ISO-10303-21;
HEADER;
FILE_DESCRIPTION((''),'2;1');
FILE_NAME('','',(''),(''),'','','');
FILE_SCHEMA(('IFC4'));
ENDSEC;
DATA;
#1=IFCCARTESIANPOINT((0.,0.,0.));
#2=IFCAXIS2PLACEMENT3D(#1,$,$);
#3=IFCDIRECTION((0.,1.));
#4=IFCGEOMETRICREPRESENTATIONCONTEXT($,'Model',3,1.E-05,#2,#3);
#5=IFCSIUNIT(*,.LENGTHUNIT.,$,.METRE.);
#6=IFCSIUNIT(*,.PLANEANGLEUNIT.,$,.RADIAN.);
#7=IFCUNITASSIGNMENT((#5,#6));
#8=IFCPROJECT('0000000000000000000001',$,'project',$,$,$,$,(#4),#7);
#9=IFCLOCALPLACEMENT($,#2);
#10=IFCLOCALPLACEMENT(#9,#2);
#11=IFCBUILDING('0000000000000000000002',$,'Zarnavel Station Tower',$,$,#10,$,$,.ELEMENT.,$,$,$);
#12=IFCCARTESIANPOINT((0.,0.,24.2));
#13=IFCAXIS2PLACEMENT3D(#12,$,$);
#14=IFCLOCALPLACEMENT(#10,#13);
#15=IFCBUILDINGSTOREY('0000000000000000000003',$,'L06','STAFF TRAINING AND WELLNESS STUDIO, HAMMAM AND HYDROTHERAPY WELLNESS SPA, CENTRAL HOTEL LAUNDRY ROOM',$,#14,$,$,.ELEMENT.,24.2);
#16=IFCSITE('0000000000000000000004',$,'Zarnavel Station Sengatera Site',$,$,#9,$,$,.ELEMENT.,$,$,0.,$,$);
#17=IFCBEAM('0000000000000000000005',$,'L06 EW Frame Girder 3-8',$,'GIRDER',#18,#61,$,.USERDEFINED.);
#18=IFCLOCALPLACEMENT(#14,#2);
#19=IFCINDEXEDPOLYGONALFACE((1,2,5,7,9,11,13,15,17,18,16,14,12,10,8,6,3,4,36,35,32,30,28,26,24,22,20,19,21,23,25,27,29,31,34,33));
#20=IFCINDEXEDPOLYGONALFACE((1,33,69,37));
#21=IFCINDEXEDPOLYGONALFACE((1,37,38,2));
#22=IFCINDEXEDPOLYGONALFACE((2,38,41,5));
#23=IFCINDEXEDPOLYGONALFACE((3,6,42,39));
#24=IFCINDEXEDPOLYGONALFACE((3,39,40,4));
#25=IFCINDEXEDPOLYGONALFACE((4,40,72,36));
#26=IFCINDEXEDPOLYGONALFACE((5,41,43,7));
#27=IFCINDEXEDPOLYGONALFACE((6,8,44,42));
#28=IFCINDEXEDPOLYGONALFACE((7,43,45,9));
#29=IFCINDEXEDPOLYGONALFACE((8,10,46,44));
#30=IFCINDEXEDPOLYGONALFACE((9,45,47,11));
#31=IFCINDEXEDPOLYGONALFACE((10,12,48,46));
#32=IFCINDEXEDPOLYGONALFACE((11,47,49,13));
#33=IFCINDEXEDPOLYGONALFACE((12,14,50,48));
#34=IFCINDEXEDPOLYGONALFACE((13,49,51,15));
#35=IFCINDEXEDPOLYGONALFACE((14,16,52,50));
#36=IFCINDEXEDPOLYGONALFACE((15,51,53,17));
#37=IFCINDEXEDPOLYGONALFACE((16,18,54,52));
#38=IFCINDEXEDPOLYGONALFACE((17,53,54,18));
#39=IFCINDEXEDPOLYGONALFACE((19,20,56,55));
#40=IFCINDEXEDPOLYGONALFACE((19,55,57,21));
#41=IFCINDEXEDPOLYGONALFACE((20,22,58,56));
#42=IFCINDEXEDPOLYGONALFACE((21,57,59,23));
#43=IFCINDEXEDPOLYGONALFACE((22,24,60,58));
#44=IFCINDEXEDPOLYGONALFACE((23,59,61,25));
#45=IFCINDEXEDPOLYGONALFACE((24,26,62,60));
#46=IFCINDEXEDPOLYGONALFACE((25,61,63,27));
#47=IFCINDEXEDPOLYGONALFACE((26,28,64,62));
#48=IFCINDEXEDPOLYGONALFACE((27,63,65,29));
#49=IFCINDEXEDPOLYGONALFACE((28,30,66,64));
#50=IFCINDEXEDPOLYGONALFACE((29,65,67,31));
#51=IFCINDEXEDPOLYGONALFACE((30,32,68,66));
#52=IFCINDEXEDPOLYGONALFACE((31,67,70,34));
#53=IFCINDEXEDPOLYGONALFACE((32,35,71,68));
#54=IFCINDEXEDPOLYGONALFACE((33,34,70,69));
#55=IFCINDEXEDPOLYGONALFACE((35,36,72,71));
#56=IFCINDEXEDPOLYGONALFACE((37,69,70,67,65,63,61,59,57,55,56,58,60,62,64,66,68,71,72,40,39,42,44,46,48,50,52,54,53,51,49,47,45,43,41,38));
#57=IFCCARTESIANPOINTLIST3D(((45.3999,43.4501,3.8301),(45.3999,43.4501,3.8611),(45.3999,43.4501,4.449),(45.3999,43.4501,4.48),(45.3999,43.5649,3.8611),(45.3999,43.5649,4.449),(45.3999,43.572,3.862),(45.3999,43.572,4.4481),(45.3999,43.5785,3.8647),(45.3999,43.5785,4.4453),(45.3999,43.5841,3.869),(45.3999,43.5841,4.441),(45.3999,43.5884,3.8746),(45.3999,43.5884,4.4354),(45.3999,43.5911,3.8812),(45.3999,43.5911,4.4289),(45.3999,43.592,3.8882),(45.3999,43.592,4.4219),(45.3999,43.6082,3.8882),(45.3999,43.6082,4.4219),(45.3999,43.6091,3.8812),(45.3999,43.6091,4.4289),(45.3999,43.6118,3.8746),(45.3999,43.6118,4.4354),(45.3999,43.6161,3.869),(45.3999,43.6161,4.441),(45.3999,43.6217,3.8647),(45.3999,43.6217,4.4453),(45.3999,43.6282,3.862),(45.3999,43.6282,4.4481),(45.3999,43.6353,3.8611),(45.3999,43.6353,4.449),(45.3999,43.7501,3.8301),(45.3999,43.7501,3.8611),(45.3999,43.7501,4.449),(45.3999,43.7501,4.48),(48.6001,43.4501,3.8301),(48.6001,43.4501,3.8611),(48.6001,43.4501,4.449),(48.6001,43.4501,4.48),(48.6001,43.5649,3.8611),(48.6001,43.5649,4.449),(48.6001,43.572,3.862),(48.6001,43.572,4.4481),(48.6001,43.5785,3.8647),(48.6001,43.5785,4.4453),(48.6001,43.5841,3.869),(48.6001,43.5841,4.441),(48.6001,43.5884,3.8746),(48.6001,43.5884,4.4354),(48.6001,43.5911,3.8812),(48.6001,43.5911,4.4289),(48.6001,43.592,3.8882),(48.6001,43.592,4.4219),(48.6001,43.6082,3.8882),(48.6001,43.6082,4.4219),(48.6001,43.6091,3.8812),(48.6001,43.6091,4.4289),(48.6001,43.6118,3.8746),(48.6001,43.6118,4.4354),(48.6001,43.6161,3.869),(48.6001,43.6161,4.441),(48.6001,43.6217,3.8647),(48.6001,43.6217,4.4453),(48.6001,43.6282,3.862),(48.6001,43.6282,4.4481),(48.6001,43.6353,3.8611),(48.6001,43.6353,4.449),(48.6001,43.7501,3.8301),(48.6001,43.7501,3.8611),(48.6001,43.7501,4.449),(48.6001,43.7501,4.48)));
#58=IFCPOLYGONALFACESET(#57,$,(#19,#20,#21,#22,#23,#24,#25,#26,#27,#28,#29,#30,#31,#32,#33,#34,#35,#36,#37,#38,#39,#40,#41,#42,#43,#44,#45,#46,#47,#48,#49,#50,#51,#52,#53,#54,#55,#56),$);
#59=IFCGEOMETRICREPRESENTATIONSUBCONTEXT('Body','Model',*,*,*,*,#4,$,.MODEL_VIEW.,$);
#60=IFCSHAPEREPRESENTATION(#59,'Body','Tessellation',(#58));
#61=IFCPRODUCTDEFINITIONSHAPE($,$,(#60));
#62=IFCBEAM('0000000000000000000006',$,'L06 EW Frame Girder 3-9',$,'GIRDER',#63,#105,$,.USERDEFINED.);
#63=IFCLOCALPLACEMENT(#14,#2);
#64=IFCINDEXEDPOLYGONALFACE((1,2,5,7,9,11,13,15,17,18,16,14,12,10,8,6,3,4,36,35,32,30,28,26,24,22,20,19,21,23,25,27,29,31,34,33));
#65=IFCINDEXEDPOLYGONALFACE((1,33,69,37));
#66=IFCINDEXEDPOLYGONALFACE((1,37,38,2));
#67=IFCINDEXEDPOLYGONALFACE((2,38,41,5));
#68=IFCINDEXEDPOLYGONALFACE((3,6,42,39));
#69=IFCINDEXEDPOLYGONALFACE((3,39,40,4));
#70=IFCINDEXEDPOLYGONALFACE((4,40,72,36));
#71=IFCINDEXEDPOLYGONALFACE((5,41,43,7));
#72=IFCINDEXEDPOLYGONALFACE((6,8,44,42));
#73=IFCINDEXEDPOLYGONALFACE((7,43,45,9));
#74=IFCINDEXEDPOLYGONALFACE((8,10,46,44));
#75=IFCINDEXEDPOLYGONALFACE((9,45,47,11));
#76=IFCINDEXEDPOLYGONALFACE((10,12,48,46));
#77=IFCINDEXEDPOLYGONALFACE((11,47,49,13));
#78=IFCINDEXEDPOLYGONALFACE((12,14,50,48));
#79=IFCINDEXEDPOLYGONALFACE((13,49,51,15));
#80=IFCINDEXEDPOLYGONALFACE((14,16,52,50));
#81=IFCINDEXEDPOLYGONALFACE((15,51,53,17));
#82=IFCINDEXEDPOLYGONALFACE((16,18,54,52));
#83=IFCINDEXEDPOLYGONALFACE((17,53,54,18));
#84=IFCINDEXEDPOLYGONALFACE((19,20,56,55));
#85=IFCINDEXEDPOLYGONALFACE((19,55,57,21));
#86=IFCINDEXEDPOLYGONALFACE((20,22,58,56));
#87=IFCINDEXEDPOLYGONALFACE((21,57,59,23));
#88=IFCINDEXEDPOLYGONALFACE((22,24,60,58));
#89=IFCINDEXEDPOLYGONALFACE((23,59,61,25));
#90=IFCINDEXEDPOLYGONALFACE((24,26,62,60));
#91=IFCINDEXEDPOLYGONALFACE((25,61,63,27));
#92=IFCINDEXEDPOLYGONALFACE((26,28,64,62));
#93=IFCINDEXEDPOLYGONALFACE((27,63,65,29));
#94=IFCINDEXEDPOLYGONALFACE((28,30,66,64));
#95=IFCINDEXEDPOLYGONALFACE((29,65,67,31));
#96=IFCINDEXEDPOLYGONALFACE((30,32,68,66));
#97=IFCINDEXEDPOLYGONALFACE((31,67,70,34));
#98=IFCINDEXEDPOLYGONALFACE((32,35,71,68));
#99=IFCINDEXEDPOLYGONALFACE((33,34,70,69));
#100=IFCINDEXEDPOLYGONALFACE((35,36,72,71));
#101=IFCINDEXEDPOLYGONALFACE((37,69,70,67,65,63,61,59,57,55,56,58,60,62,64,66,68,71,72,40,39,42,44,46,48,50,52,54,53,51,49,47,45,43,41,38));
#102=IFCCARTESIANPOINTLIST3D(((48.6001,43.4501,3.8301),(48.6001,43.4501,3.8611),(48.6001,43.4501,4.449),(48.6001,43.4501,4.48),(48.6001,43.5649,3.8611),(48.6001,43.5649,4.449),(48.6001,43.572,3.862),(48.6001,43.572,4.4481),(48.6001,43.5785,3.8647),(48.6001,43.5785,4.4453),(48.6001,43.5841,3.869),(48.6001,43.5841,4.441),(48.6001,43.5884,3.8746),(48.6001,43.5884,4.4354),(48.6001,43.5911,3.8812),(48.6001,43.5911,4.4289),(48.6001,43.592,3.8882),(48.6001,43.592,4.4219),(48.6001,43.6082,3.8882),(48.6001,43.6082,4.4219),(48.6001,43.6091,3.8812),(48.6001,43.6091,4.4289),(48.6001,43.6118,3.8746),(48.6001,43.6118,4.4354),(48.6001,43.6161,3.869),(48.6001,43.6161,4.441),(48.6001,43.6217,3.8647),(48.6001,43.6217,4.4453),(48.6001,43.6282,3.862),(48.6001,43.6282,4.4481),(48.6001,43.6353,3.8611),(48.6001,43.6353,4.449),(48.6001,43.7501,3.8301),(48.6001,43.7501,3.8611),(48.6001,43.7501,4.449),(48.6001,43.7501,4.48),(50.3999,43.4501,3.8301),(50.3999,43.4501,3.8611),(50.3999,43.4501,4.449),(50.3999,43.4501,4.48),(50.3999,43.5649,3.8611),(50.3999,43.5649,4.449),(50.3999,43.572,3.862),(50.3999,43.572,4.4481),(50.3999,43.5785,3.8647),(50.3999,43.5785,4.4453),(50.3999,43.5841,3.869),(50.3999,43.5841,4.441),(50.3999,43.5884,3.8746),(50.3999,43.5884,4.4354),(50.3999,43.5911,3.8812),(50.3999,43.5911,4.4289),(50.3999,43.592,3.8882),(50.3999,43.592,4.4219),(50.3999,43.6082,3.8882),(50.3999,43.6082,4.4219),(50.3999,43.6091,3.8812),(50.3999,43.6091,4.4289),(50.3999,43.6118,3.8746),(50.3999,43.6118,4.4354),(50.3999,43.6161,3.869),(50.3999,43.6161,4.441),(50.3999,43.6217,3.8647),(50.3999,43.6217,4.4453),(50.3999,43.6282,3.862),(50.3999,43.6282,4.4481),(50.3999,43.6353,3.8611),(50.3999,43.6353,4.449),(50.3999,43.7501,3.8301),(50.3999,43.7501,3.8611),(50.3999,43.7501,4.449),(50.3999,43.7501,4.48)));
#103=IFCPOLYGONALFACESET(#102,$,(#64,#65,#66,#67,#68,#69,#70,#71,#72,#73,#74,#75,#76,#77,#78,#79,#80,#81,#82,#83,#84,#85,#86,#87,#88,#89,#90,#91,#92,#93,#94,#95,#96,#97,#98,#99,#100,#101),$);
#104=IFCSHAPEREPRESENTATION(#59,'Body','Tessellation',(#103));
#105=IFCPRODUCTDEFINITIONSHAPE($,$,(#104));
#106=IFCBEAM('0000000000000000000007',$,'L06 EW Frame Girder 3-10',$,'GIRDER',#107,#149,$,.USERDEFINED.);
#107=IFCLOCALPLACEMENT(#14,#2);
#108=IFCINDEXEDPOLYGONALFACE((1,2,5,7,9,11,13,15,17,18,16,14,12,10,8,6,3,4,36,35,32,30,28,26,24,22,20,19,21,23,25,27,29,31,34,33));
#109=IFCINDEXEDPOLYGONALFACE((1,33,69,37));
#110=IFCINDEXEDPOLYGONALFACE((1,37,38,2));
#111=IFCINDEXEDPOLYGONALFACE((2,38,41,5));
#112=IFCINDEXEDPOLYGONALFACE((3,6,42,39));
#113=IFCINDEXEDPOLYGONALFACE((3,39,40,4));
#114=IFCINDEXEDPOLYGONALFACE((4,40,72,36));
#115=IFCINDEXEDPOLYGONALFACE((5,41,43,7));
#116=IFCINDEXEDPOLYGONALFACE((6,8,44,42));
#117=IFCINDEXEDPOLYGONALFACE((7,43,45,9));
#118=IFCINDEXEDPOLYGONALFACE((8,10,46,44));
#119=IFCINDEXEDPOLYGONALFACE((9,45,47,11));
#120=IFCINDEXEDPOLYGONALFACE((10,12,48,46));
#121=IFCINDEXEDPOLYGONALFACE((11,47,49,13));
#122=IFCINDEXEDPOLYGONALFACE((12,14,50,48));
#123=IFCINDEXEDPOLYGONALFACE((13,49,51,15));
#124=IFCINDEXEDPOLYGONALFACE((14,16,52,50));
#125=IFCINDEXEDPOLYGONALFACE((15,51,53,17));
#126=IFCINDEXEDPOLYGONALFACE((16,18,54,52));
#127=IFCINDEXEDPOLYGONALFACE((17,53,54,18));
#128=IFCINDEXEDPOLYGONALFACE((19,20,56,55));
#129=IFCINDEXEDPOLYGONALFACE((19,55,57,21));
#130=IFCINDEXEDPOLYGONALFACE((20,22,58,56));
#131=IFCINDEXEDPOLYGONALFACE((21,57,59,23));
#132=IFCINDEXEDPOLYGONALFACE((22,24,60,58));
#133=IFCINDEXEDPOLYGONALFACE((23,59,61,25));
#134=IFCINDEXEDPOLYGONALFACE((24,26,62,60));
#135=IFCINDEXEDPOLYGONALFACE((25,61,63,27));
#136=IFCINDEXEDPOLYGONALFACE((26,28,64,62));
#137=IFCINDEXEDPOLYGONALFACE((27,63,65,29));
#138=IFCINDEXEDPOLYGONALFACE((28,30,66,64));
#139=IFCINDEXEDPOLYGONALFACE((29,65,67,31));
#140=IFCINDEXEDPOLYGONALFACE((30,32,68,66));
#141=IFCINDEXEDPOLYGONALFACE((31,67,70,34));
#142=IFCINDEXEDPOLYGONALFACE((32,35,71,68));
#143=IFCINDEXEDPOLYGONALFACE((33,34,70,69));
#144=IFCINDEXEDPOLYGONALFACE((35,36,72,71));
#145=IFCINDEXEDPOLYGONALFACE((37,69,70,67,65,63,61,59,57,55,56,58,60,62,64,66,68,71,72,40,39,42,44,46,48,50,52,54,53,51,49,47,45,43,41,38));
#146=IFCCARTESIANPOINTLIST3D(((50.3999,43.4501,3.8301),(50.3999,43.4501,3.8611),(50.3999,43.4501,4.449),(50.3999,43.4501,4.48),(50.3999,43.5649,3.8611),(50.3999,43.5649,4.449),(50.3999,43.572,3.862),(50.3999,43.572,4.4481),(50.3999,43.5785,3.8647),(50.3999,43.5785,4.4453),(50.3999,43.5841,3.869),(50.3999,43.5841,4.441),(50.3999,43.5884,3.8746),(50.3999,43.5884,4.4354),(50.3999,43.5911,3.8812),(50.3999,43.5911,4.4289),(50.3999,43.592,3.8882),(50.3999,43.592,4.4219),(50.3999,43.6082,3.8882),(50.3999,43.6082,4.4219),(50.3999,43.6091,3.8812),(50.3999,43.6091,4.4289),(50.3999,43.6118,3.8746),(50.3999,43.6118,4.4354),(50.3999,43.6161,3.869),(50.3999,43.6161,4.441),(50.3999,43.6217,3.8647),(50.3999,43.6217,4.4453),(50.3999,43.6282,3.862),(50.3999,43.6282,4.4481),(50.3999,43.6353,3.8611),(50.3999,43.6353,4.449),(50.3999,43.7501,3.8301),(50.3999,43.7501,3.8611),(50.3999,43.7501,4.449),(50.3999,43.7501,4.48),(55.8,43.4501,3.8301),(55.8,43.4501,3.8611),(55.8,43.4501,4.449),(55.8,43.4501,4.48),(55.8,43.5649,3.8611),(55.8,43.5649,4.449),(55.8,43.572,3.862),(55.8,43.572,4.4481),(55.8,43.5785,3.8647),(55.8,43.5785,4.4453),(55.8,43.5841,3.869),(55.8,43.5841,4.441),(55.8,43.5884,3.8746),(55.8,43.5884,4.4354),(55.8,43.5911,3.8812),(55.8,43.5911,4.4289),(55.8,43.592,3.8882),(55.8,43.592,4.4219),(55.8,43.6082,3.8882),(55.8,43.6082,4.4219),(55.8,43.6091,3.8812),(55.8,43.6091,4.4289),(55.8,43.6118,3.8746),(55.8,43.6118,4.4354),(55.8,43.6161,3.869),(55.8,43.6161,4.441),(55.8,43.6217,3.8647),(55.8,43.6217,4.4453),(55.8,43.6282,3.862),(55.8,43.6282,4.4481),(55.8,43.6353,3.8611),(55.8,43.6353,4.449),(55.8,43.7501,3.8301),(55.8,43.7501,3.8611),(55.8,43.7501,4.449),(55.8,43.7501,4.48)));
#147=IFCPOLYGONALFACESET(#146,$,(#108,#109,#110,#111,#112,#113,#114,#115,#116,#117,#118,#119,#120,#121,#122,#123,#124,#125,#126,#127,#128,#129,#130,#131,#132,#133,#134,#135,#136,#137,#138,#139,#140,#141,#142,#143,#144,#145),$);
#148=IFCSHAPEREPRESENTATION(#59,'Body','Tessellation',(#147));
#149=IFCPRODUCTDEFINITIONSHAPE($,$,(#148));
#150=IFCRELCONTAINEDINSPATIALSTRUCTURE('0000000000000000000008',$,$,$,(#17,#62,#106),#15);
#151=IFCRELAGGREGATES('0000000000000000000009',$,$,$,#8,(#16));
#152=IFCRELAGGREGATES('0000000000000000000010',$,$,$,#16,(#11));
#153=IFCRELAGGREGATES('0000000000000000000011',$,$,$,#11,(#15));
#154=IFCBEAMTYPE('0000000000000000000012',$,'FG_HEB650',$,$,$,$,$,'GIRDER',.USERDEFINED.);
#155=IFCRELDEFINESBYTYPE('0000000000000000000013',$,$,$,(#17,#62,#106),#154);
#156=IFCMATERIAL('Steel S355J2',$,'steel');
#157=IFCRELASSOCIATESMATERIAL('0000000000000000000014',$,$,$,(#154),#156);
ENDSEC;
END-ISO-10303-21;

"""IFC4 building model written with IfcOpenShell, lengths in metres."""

from ifc_helpers import new_model, si_unit, direction, frame, origin, origin_2d, place, context, subcontext, project, spatial, i_section, extrude, material, material_profile, profile_set, type_object, element, save


model = new_model("IFC4")

# Units and contexts
model_context = context("Model", 3, precision=1e-05, world=origin(), true_north=direction((0.0, 1.0)))
body_context = subcontext(model_context, "Body", "Model", "MODEL_VIEW")
ifc_project = project(units=[si_unit("LENGTHUNIT", "METRE"), si_unit("PLANEANGLEUNIT", "RADIAN")], contexts=[model_context])

# Site, building, storey
site_placement = place(None, origin())
site = spatial("IfcSite", under=ifc_project, at=site_placement, Name="Zarnavel Station Sengatera Site", CompositionType="ELEMENT", RefElevation=0.0)
building_placement = place(site_placement, origin())
building = spatial("IfcBuilding", under=site, at=building_placement, Name="Zarnavel Station Tower", CompositionType="ELEMENT")
storey_placement = place(building_placement, frame((0.0, 0.0, 24.2)))
storey = spatial("IfcBuildingStorey", under=building, at=storey_placement, Name="L06", Description="STAFF TRAINING AND WELLNESS STUDIO, HAMMAM AND HYDROTHERAPY WELLNESS SPA, CENTRAL HOTEL LAUNDRY ROOM", CompositionType="ELEMENT", Elevation=24.2)

# Beams
ifc_material_1 = material(Name="Steel S355J2", Category="steel")
ifc_material_profile_1 = material_profile(ifc_material_1, i_section(OverallWidth=0.3, OverallDepth=0.6499, WebThickness=0.0161, FlangeThickness=0.031, FilletRadius=0.0271, at=origin_2d()), Name="HEB650")
ifc_profile_set_1 = profile_set([ifc_material_profile_1], Name="Steel S355J2")
beam_type = type_object("IfcBeamType", Name="FG_HEB650", ElementType="GIRDER", PredefinedType="USERDEFINED", material=ifc_profile_set_1)
beam_1_placement = place(storey_placement, frame((45.3999, 43.6001, 4.155), z_axis=(1.0, 0.0, 0.0), x_axis=(0.0, 1.0, 0.0)))
element("IfcBeam", 1, at=beam_1_placement, inside=storey, type_object=beam_type, Name="L06 EW Frame Girder 3-8", ObjectType="GIRDER", PredefinedType="USERDEFINED", context=body_context, shape_type="SweptSolid", body=[
    extrude(i_section(OverallWidth=0.3, OverallDepth=0.6499, WebThickness=0.0161, FlangeThickness=0.031, FilletRadius=0.0271, at=origin_2d()), origin(), (0.0, 0.0, 1.0), 3.2002),
])
beam_2_placement = place(storey_placement, frame((48.6001, 43.6001, 4.155), z_axis=(1.0, 0.0, 0.0), x_axis=(0.0, 1.0, 0.0)))
element("IfcBeam", 2, at=beam_2_placement, inside=storey, type_object=beam_type, Name="L06 EW Frame Girder 3-9", ObjectType="GIRDER", PredefinedType="USERDEFINED", context=body_context, shape_type="SweptSolid", body=[
    extrude(i_section(OverallWidth=0.3, OverallDepth=0.6499, WebThickness=0.0161, FlangeThickness=0.031, FilletRadius=0.0271, at=origin_2d()), origin(), (0.0, 0.0, 1.0), 1.7998),
])
beam_3_placement = place(storey_placement, frame((50.3999, 43.6001, 4.155), z_axis=(1.0, 0.0, 0.0), x_axis=(0.0, 1.0, 0.0)))
element("IfcBeam", 3, at=beam_3_placement, inside=storey, type_object=beam_type, Name="L06 EW Frame Girder 3-10", ObjectType="GIRDER", PredefinedType="USERDEFINED", context=body_context, shape_type="SweptSolid", body=[
    extrude(i_section(OverallWidth=0.3, OverallDepth=0.6499, WebThickness=0.0161, FlangeThickness=0.031, FilletRadius=0.0271, at=origin_2d()), origin(), (0.0, 0.0, 1.0), 5.4001),
])

save(model, "model.ifc")
